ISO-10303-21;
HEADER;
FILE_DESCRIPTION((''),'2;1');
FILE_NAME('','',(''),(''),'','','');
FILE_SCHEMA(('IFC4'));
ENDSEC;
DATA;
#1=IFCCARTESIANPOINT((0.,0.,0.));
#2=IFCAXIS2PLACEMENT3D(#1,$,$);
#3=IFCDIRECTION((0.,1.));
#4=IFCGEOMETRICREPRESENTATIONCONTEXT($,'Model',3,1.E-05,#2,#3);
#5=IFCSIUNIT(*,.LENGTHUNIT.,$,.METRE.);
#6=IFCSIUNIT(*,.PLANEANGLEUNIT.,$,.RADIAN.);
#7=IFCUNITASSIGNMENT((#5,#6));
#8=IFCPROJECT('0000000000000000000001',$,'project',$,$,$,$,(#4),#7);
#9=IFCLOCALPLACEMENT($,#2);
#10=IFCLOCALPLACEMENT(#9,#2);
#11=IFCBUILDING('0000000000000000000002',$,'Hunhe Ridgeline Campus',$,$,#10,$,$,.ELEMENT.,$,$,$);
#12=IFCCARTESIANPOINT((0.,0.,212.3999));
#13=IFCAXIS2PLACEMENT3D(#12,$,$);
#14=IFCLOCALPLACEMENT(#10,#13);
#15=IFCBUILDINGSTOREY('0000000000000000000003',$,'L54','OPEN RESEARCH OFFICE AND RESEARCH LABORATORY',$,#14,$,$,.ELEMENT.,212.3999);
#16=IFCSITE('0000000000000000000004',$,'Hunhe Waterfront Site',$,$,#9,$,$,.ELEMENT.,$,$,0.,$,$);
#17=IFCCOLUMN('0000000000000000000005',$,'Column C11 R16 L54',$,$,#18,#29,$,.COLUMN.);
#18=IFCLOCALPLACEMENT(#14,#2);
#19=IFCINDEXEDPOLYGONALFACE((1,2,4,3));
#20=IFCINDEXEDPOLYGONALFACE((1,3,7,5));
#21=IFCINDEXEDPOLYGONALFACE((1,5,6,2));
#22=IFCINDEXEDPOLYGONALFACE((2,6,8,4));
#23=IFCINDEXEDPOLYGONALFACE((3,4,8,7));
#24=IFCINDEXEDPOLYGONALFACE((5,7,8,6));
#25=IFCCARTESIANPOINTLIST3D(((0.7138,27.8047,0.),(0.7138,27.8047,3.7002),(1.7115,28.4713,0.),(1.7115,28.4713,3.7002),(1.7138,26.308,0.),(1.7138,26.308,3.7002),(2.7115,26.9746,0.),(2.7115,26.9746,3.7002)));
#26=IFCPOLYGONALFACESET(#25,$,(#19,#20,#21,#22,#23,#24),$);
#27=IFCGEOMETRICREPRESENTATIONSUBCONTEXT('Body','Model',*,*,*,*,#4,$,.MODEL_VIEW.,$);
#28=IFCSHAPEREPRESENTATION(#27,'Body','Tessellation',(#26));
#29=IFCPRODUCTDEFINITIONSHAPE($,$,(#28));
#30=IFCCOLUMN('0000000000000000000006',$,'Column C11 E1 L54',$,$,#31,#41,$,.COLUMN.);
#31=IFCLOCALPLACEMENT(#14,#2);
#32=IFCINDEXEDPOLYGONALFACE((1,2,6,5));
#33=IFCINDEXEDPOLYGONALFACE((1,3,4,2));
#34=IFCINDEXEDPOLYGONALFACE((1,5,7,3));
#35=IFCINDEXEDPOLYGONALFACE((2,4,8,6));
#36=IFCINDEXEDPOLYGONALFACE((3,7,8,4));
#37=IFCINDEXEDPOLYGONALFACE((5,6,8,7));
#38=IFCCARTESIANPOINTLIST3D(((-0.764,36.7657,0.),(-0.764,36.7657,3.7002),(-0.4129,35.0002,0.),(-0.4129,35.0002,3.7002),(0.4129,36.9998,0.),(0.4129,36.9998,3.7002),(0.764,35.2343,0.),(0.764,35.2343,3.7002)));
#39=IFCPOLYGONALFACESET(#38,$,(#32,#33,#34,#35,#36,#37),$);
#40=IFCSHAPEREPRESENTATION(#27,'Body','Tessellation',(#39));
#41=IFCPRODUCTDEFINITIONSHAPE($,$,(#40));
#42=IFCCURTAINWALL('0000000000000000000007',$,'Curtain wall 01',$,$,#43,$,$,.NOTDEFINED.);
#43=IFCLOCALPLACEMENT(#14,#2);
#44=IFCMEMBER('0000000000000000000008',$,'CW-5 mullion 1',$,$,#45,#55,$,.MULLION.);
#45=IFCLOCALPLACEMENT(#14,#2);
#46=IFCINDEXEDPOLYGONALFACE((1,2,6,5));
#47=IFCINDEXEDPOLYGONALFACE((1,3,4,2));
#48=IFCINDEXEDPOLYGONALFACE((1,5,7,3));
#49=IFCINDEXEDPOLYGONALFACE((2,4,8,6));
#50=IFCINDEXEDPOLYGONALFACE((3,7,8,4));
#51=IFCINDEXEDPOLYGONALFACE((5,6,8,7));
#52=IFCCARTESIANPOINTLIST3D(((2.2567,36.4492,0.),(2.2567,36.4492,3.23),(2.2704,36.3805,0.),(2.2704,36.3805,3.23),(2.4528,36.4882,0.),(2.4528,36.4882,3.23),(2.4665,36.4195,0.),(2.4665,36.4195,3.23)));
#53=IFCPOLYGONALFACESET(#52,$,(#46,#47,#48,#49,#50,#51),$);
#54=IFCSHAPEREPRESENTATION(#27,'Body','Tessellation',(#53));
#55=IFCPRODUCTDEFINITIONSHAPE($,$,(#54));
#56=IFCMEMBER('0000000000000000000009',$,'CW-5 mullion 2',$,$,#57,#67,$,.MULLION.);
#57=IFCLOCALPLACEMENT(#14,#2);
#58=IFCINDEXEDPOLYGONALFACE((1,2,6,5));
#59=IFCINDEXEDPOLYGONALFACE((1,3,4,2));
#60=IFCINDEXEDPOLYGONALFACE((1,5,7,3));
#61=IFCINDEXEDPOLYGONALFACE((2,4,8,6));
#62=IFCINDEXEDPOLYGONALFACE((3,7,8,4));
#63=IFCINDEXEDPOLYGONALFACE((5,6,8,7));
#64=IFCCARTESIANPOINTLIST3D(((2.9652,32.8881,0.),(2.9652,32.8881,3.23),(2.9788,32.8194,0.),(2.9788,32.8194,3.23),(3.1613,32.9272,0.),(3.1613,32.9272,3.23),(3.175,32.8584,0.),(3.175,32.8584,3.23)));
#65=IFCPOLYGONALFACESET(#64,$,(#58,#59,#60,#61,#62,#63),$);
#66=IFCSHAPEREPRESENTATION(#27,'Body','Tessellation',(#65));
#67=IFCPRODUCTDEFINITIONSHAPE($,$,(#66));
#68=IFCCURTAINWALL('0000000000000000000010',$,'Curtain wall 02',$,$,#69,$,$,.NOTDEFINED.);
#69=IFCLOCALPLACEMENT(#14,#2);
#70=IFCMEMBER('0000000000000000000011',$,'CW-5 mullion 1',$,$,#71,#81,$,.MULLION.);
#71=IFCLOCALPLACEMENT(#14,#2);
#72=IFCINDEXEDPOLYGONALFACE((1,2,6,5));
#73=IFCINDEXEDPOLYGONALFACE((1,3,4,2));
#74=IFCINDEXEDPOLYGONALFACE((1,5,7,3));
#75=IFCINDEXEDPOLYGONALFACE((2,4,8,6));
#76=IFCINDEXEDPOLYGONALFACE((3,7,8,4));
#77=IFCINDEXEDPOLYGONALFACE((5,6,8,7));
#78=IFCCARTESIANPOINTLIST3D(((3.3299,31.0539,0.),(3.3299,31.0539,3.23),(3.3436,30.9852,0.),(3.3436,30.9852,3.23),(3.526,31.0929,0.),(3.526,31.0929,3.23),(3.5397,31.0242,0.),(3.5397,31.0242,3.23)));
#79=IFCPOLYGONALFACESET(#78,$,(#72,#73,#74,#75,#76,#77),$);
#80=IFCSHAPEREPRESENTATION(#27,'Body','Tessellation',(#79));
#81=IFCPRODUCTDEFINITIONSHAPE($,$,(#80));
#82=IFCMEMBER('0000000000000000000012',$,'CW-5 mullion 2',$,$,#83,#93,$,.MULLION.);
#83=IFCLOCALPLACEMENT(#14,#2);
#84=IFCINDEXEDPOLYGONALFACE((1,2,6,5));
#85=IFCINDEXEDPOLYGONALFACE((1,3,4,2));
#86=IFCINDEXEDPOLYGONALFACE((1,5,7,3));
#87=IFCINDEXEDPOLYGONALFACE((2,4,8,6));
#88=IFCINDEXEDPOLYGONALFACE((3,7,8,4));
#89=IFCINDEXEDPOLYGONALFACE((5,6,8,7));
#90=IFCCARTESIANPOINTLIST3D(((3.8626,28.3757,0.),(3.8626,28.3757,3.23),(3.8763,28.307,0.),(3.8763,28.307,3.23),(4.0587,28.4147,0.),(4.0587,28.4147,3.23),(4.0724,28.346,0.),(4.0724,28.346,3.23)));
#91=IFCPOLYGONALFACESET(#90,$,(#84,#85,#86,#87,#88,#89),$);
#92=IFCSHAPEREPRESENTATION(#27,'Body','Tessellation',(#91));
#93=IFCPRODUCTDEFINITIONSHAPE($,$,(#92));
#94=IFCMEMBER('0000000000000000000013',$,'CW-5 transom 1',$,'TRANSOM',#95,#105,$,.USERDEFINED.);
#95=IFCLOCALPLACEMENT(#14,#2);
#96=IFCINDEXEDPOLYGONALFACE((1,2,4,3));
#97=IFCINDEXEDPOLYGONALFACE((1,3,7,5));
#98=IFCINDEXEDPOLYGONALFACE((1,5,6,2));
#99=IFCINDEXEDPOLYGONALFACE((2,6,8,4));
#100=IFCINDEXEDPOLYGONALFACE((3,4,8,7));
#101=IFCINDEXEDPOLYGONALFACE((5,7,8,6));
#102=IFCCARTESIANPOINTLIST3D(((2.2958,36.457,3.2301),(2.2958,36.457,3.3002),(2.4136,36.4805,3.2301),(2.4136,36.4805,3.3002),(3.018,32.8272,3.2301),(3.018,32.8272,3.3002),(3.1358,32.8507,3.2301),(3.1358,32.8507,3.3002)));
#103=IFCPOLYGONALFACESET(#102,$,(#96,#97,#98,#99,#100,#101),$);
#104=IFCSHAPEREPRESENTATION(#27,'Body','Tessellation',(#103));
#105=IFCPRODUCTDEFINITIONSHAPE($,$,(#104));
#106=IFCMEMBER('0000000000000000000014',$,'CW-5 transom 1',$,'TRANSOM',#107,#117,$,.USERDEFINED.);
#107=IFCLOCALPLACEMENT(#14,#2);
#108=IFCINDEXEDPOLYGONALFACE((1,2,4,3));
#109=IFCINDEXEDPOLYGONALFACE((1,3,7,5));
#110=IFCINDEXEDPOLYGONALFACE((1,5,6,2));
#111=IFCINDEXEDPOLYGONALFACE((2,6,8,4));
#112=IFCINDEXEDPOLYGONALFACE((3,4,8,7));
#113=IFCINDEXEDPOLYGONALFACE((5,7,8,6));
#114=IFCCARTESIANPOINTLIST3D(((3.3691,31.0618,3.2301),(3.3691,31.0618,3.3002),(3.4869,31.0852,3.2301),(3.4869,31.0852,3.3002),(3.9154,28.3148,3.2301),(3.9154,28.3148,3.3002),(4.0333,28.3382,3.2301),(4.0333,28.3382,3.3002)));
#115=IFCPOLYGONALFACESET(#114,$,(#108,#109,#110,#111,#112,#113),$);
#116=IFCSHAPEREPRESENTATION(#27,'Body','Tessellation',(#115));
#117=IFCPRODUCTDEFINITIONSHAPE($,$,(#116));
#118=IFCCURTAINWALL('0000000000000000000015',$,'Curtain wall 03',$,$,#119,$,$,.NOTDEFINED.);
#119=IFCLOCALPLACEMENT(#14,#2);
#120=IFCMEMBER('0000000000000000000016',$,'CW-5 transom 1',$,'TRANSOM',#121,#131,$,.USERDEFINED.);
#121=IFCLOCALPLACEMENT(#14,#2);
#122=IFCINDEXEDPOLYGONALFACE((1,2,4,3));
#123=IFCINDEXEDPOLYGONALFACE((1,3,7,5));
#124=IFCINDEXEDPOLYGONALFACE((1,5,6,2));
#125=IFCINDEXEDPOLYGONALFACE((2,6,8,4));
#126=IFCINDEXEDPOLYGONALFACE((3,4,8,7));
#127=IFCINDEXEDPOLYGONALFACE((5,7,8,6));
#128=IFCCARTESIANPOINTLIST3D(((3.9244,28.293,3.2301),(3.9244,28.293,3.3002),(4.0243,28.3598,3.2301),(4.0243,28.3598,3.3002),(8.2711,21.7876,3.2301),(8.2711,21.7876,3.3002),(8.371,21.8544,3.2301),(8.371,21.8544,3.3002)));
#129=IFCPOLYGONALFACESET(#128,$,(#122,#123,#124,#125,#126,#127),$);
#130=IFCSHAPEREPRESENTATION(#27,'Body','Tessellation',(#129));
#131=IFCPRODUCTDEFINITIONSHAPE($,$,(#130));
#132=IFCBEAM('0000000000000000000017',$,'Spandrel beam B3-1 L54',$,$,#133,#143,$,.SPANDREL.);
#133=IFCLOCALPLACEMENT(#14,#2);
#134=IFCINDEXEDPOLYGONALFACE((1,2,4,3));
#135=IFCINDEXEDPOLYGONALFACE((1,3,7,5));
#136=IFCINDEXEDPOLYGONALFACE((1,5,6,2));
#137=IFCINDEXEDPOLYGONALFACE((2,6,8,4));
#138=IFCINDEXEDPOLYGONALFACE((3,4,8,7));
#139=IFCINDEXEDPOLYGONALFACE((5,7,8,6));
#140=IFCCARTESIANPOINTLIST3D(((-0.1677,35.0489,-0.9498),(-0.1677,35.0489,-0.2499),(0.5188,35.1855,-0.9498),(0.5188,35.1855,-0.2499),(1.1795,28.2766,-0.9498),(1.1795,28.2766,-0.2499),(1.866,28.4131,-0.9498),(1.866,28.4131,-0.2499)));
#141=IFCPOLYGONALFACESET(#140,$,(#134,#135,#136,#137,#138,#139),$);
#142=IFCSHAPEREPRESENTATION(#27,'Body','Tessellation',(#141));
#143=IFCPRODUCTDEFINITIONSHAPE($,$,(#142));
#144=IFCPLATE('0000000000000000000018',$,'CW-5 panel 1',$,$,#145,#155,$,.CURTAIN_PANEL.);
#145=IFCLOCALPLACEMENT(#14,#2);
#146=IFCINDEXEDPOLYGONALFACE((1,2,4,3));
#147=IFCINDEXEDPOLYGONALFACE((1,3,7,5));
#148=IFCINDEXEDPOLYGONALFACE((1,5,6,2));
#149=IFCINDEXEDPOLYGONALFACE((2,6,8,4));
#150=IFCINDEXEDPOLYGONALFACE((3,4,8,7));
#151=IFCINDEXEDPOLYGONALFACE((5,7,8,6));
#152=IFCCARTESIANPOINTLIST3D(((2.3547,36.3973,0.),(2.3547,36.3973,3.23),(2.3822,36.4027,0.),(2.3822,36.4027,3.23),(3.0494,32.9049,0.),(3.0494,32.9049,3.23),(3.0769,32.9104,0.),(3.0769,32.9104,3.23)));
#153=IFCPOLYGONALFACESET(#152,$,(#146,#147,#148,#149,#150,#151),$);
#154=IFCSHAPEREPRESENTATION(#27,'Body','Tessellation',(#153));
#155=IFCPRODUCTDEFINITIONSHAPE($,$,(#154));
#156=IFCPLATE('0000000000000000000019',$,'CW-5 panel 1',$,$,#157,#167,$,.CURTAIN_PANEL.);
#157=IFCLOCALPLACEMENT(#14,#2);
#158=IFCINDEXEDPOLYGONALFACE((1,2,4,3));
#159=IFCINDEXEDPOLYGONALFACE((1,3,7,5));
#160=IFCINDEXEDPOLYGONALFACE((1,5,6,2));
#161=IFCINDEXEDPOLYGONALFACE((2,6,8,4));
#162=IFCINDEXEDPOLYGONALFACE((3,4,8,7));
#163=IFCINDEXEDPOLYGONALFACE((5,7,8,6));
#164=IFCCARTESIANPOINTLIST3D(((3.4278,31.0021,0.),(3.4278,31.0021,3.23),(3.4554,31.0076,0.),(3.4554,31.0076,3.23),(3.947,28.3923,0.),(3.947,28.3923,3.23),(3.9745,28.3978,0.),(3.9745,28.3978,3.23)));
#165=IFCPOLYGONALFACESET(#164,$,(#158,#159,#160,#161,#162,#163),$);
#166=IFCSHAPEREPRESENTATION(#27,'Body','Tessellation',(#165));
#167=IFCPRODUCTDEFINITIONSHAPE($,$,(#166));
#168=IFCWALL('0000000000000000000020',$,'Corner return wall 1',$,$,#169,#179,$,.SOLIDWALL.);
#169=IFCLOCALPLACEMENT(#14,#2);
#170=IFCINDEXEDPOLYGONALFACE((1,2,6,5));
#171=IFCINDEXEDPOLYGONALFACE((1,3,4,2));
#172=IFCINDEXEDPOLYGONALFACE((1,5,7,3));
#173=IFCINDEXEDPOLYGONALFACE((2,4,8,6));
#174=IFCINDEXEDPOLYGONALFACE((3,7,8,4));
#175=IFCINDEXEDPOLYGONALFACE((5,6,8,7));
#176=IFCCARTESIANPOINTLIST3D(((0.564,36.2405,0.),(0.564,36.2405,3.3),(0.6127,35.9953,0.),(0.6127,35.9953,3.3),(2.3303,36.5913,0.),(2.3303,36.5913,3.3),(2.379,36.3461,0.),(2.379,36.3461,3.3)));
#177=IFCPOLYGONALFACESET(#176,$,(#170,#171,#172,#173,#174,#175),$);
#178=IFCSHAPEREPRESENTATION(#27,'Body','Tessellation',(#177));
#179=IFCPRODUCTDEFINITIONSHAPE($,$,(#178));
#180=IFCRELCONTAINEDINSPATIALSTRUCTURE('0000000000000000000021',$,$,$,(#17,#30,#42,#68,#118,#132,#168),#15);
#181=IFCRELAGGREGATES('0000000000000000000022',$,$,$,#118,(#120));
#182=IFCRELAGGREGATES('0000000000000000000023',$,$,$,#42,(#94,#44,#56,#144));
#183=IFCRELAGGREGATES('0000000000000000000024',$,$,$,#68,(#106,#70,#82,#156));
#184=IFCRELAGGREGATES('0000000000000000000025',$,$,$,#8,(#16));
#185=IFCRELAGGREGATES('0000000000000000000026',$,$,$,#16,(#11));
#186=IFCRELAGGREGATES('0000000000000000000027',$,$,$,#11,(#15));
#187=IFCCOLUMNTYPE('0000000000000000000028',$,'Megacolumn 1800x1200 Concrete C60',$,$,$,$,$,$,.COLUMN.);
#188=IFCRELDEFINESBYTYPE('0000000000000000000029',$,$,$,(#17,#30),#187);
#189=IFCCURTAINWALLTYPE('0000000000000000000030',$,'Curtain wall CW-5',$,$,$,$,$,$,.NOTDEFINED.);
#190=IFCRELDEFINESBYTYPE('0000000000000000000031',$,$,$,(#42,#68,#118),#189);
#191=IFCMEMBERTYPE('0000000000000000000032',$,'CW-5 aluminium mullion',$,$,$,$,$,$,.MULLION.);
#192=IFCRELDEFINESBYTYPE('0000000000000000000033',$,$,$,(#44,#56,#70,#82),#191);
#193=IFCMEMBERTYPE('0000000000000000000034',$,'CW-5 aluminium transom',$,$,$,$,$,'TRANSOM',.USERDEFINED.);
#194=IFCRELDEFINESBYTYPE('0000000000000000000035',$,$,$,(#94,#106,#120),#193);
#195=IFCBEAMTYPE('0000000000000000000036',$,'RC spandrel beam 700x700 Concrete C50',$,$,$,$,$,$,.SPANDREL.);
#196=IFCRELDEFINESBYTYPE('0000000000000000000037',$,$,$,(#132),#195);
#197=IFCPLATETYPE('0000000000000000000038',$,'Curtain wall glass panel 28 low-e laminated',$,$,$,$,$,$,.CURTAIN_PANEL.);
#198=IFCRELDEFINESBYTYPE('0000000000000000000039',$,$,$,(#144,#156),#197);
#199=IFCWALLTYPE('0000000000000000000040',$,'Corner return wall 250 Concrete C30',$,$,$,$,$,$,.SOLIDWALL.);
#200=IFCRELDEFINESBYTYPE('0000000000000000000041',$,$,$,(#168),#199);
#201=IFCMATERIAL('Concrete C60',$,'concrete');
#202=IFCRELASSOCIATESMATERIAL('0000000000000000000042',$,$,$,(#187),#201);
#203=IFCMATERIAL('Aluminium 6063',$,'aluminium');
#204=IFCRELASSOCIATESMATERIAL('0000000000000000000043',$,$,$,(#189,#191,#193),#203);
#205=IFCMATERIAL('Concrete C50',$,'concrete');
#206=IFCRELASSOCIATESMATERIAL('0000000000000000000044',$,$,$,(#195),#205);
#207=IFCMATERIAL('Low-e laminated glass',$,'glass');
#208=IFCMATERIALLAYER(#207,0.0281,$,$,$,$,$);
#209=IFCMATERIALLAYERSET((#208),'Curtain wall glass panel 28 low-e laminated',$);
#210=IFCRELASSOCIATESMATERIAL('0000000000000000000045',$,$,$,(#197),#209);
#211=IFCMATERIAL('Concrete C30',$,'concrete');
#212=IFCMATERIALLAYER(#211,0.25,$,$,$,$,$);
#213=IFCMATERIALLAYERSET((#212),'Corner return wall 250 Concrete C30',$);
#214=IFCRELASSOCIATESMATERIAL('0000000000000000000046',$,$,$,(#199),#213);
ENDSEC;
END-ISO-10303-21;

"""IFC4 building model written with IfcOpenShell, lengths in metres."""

from ifc_helpers import new_model, si_unit, direction, frame, frame_2d, origin, origin_2d, place, context, subcontext, project, spatial, rectangle, extrude, material, layer, layer_set, material_profile, profile_set, type_object, element, aggregate, save


model = new_model("IFC4")

# Units and contexts
model_context = context("Model", 3, precision=1e-05, world=origin(), true_north=direction((0.0, 1.0)))
body_context = subcontext(model_context, "Body", "Model", "MODEL_VIEW")
ifc_project = project(units=[si_unit("LENGTHUNIT", "METRE"), si_unit("PLANEANGLEUNIT", "RADIAN")], contexts=[model_context])

# Site, building, storey
site_placement = place(None, origin())
site = spatial("IfcSite", under=ifc_project, at=site_placement, Name="Hunhe Waterfront Site", CompositionType="ELEMENT", RefElevation=0.0)
building_placement = place(site_placement, origin())
building = spatial("IfcBuilding", under=site, at=building_placement, Name="Hunhe Ridgeline Campus", CompositionType="ELEMENT")
storey_placement = place(building_placement, frame((0.0, 0.0, 212.3999)))
storey = spatial("IfcBuildingStorey", under=building, at=storey_placement, Name="L54", Description="OPEN RESEARCH OFFICE AND RESEARCH LABORATORY", CompositionType="ELEMENT", Elevation=212.3999)

# Columns
ifc_material_1 = material(Name="Concrete C60", Category="concrete")
ifc_material_profile_1 = material_profile(ifc_material_1, rectangle(XDim=1.8, YDim=1.2, at=origin_2d()))
ifc_profile_set_1 = profile_set([ifc_material_profile_1], Name="Concrete C60")
column_type = type_object("IfcColumnType", Name="Megacolumn 1800x1200 Concrete C60", PredefinedType="COLUMN", material=ifc_profile_set_1)
for number, where, z_axis, x_axis, name in (
    (1, (1.7126, 27.3896, 0.0), (0.0, 0.0, 1.0), (-0.55557, 0.83147, 0.0), "Column C11 R16 L54"),
    (2, (0.0, 36.0, 0.0), (0.0, 0.0, 1.0), (-0.19509, 0.980785, 0.0), "Column C11 E1 L54"),
):
    element("IfcColumn", number, at=place(storey_placement, frame(where, z_axis=z_axis, x_axis=x_axis)), inside=storey, type_object=column_type, Name=name, PredefinedType="COLUMN", context=body_context, shape_type="SweptSolid", body=[
        extrude(rectangle(XDim=1.8, YDim=1.2, at=origin_2d()), origin(), (0.0, 0.0, 1.0), 3.7002),
    ])

# Curtain walls, members
ifc_material_2 = material(Name="Aluminium 6063", Category="aluminium")
curtain_wall_type = type_object("IfcCurtainWallType", Name="Curtain wall CW-5", PredefinedType="NOTDEFINED", material=ifc_material_2)
curtain_wall_1_placement = place(storey_placement, origin())
curtain_wall_1 = element("IfcCurtainWall", 3, at=curtain_wall_1_placement, inside=storey, type_object=curtain_wall_type, Name="Curtain wall 01", PredefinedType="NOTDEFINED")
ifc_material_profile_2 = material_profile(ifc_material_2, rectangle(XDim=0.2, YDim=0.0701, at=origin_2d()))
ifc_profile_set_2 = profile_set([ifc_material_profile_2], Name="Aluminium 6063")
member_type_1 = type_object("IfcMemberType", Name="CW-5 aluminium mullion", PredefinedType="MULLION", material=ifc_profile_set_2)
member_1_placement = place(storey_placement, frame((2.3616, 36.4343, 0.0), z_axis=(0.0, 0.0, 1.0), x_axis=(0.980784, 0.195095, 0.0)))
member_1 = element("IfcMember", 4, at=member_1_placement, type_object=member_type_1, Name="CW-5 mullion 1", PredefinedType="MULLION", context=body_context, shape_type="SweptSolid", body=[
    extrude(rectangle(XDim=0.2, YDim=0.0701, at=origin_2d()), origin(), (0.0, 0.0, 1.0), 3.23),
])
member_2_placement = place(storey_placement, frame((3.0701, 32.8733, 0.0), z_axis=(0.0, 0.0, 1.0), x_axis=(0.980784, 0.195095, 0.0)))
member_2 = element("IfcMember", 5, at=member_2_placement, type_object=member_type_1, Name="CW-5 mullion 2", PredefinedType="MULLION", context=body_context, shape_type="SweptSolid", body=[
    extrude(rectangle(XDim=0.2, YDim=0.0701, at=origin_2d()), origin(), (0.0, 0.0, 1.0), 3.23),
])
curtain_wall_2_placement = place(storey_placement, origin())
curtain_wall_2 = element("IfcCurtainWall", 6, at=curtain_wall_2_placement, inside=storey, type_object=curtain_wall_type, Name="Curtain wall 02", PredefinedType="NOTDEFINED")
member_3_placement = place(storey_placement, frame((3.4348, 31.0391, 0.0), z_axis=(0.0, 0.0, 1.0), x_axis=(0.980784, 0.195095, 0.0)))
member_3 = element("IfcMember", 7, at=member_3_placement, type_object=member_type_1, Name="CW-5 mullion 1", PredefinedType="MULLION", context=body_context, shape_type="SweptSolid", body=[
    extrude(rectangle(XDim=0.2, YDim=0.0701, at=origin_2d()), origin(), (0.0, 0.0, 1.0), 3.23),
])
member_4_placement = place(storey_placement, frame((3.9675, 28.3608, 0.0), z_axis=(0.0, 0.0, 1.0), x_axis=(0.980784, 0.195095, 0.0)))
member_4 = element("IfcMember", 8, at=member_4_placement, type_object=member_type_1, Name="CW-5 mullion 2", PredefinedType="MULLION", context=body_context, shape_type="SweptSolid", body=[
    extrude(rectangle(XDim=0.2, YDim=0.0701, at=origin_2d()), origin(), (0.0, 0.0, 1.0), 3.23),
])

# Members
ifc_material_profile_3 = material_profile(ifc_material_2, rectangle(XDim=0.1201, YDim=0.0701, at=origin_2d()))
ifc_profile_set_3 = profile_set([ifc_material_profile_3], Name="Aluminium 6063")
member_type_2 = type_object("IfcMemberType", Name="CW-5 aluminium transom", ElementType="TRANSOM", PredefinedType="USERDEFINED", material=ifc_profile_set_3)
member_5_placement = place(storey_placement, frame((2.3547, 36.4688, 3.2651), z_axis=(0.195127, -0.980778, 0.0), x_axis=(0.980778, 0.195127, 0.0)))
member_5 = element("IfcMember", 9, at=member_5_placement, type_object=member_type_2, Name="CW-5 transom 1", ObjectType="TRANSOM", PredefinedType="USERDEFINED", context=body_context, shape_type="SweptSolid", body=[
    extrude(rectangle(XDim=0.1201, YDim=0.0701, at=origin_2d()), origin(), (0.0, 0.0, 1.0), 3.7009),
])
member_6_placement = place(storey_placement, frame((3.428, 31.0735, 3.2651), z_axis=(0.195077, -0.980788, 0.0), x_axis=(0.980788, 0.195077, 0.0)))
member_6 = element("IfcMember", 10, at=member_6_placement, type_object=member_type_2, Name="CW-5 transom 1", ObjectType="TRANSOM", PredefinedType="USERDEFINED", context=body_context, shape_type="SweptSolid", body=[
    extrude(rectangle(XDim=0.1201, YDim=0.0701, at=origin_2d()), origin(), (0.0, 0.0, 1.0), 2.8008),
])

# Curtain wall, member
curtain_wall_3_placement = place(storey_placement, origin())
curtain_wall_3 = element("IfcCurtainWall", 11, at=curtain_wall_3_placement, inside=storey, type_object=curtain_wall_type, Name="Curtain wall 03", PredefinedType="NOTDEFINED")
member_7_placement = place(storey_placement, frame((3.9744, 28.3264, 3.2651), z_axis=(0.555564, -0.831474, 0.0), x_axis=(0.831474, 0.555564, 0.0)))
member_7 = element("IfcMember", 12, at=member_7_placement, type_object=member_type_2, Name="CW-5 transom 1", ObjectType="TRANSOM", PredefinedType="USERDEFINED", context=body_context, shape_type="SweptSolid", body=[
    extrude(rectangle(XDim=0.1201, YDim=0.0701, at=origin_2d()), origin(), (0.0, 0.0, 1.0), 7.824),
])
aggregate(curtain_wall_3, [member_7])

# Beam
ifc_material_3 = material(Name="Concrete C50", Category="concrete")
ifc_material_profile_4 = material_profile(ifc_material_3, rectangle(XDim=0.7, YDim=0.7, at=origin_2d()))
ifc_profile_set_4 = profile_set([ifc_material_profile_4], Name="Concrete C50")
beam_type = type_object("IfcBeamType", Name="RC spandrel beam 700x700 Concrete C50", PredefinedType="SPANDREL", material=ifc_profile_set_4)
beam_placement = place(storey_placement, frame((0.1755, 35.1172, -0.5999), z_axis=(0.195103, -0.980783, 0.0), x_axis=(0.980783, 0.195103, 0.0)))
element("IfcBeam", 13, at=beam_placement, inside=storey, type_object=beam_type, Name="Spandrel beam B3-1 L54", PredefinedType="SPANDREL", context=body_context, shape_type="SweptSolid", body=[
    extrude(rectangle(XDim=0.7, YDim=0.7, at=origin_2d()), origin(), (0.0, 0.0, 1.0), 6.905),
])

# Plates
ifc_material_4 = material(Name="Low-e laminated glass", Category="glass")
ifc_layer_1 = layer(ifc_material_4, 0.0281)
ifc_layer_set_1 = layer_set([ifc_layer_1], Name="Curtain wall glass panel 28 low-e laminated")
plate_type = type_object("IfcPlateType", Name="Curtain wall glass panel 28 low-e laminated", PredefinedType="CURTAIN_PANEL", material=ifc_layer_set_1)
plate_1_placement = place(storey_placement, frame((2.7158, 34.6538, 0.0), z_axis=(0.0, 0.0, 1.0), x_axis=(0.195095, -0.980784, 0.0)))
plate_1 = element("IfcPlate", 14, at=plate_1_placement, type_object=plate_type, Name="CW-5 panel 1", PredefinedType="CURTAIN_PANEL", context=body_context, shape_type="SweptSolid", body=[
    extrude(rectangle(XDim=3.5608, YDim=0.0281, at=origin_2d()), origin(), (0.0, 0.0, 1.0), 3.23),
])
aggregate(curtain_wall_1, [member_5, member_1, member_2, plate_1])
plate_2_placement = place(storey_placement, frame((3.7012, 29.7, 0.0), z_axis=(0.0, 0.0, 1.0), x_axis=(0.195095, -0.980784, 0.0)))
plate_2 = element("IfcPlate", 15, at=plate_2_placement, type_object=plate_type, Name="CW-5 panel 1", PredefinedType="CURTAIN_PANEL", context=body_context, shape_type="SweptSolid", body=[
    extrude(rectangle(XDim=2.6609, YDim=0.0281, at=origin_2d()), origin(), (0.0, 0.0, 1.0), 3.23),
])
aggregate(curtain_wall_2, [member_6, member_3, member_4, plate_2])

# Wall
ifc_material_5 = material(Name="Concrete C30", Category="concrete")
ifc_layer_2 = layer(ifc_material_5, 0.25)
ifc_layer_set_2 = layer_set([ifc_layer_2], Name="Corner return wall 250 Concrete C30")
wall_type_1 = type_object("IfcWallType", Name="Corner return wall 250 Concrete C30", PredefinedType="SOLIDWALL", material=ifc_layer_set_2)
wall_1_placement = place(storey_placement, frame((0.5884, 36.1179, 0.0), z_axis=(0.0, 0.0, 1.0), x_axis=(0.980841, 0.194812, 0.0)))
element("IfcWall", 16, at=wall_1_placement, inside=storey, type_object=wall_type_1, Name="Corner return wall 1", PredefinedType="SOLIDWALL", context=body_context, shape_type="SweptSolid", body=[
    extrude(rectangle(XDim=1.8008, YDim=0.25, at=frame_2d((0.9004, 0.0))), origin(), (0.0, 0.0, 1.0), 3.3),
])

save(model, "model.ifc")
